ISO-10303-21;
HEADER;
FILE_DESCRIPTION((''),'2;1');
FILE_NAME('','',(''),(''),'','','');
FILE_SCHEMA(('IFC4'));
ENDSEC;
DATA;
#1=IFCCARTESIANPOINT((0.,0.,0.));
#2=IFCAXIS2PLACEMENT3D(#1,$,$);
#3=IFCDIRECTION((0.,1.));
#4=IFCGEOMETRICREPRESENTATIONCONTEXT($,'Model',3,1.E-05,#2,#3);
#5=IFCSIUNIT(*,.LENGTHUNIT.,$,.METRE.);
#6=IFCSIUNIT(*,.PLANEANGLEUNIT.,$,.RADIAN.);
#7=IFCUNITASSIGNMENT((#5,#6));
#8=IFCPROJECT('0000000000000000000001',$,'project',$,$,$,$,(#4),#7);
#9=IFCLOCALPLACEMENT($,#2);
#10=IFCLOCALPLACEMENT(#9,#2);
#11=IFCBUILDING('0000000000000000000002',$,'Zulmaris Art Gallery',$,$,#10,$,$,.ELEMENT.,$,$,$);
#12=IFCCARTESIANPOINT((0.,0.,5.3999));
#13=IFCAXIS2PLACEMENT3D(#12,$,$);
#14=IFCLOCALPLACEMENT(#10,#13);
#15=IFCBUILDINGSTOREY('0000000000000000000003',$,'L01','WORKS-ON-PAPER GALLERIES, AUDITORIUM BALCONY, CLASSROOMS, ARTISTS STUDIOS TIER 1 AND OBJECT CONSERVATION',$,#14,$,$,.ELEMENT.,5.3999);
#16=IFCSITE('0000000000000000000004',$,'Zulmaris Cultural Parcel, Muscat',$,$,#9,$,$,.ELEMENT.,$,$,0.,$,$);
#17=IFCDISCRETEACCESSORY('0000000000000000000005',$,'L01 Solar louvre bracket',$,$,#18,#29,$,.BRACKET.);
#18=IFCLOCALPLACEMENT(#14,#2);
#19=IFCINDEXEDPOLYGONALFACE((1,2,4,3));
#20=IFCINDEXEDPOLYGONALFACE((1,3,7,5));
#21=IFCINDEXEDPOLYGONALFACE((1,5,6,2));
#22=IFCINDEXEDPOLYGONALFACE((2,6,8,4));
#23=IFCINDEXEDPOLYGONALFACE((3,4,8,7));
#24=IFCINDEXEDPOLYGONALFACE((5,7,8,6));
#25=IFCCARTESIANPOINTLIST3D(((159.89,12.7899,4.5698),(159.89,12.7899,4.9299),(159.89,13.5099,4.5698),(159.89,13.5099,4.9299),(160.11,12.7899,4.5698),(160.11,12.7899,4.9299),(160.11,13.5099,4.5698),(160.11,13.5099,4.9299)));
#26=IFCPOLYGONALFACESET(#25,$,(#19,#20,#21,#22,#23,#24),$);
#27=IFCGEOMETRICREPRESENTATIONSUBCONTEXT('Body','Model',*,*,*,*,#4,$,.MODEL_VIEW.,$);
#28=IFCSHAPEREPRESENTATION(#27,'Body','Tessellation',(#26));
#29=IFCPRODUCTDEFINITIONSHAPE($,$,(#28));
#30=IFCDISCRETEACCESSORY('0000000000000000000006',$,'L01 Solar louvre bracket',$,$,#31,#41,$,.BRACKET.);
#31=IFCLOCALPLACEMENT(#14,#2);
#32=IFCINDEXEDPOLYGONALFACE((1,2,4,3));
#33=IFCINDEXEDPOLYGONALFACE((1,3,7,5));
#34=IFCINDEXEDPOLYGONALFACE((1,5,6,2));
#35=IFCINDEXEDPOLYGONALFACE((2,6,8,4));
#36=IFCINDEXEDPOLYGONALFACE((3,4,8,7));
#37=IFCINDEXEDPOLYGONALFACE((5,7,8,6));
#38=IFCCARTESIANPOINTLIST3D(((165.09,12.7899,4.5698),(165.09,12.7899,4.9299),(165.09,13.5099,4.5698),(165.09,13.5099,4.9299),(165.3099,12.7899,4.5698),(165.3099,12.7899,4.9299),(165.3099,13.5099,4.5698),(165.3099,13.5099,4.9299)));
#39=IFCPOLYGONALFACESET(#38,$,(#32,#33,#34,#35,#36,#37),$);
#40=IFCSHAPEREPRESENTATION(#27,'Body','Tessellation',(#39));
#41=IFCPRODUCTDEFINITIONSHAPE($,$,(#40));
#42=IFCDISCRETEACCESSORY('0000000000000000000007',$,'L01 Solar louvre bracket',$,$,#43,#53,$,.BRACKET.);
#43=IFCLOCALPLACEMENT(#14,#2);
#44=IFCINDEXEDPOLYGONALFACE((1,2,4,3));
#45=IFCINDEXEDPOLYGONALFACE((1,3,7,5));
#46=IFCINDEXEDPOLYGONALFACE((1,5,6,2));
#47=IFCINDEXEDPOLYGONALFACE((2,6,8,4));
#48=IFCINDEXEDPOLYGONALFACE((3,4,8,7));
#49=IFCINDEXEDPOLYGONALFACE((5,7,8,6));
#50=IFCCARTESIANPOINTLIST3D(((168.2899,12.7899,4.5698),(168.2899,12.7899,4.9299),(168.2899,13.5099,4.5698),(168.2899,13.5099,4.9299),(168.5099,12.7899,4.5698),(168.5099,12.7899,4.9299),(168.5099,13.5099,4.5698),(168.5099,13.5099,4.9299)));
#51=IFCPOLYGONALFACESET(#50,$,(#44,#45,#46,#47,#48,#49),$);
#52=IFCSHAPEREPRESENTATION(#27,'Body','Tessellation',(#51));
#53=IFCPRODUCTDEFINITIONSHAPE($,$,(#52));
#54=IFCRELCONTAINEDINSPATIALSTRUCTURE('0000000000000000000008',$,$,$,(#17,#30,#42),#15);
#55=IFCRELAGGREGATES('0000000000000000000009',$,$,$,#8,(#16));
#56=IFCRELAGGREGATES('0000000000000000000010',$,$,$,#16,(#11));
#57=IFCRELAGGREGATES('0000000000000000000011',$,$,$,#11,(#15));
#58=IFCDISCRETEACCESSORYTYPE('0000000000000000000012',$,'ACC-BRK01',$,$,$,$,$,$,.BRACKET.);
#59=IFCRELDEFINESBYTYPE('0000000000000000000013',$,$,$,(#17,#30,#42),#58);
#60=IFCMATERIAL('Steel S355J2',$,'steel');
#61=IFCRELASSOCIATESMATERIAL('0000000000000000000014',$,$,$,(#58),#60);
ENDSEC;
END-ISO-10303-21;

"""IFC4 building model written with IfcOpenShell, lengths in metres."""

from ifc_helpers import new_model, si_unit, direction, frame, origin, origin_2d, place, context, subcontext, project, spatial, rectangle, extrude, material, type_object, element, save


model = new_model("IFC4")

# Units and contexts
model_context = context("Model", 3, precision=1e-05, world=origin(), true_north=direction((0.0, 1.0)))
body_context = subcontext(model_context, "Body", "Model", "MODEL_VIEW")
ifc_project = project(units=[si_unit("LENGTHUNIT", "METRE"), si_unit("PLANEANGLEUNIT", "RADIAN")], contexts=[model_context])

# Site, building, storey
site_placement = place(None, origin())
site = spatial("IfcSite", under=ifc_project, at=site_placement, Name="Zulmaris Cultural Parcel, Muscat", CompositionType="ELEMENT", RefElevation=0.0)
building_placement = place(site_placement, origin())
building = spatial("IfcBuilding", under=site, at=building_placement, Name="Zulmaris Art Gallery", CompositionType="ELEMENT")
storey_placement = place(building_placement, frame((0.0, 0.0, 5.3999)))
storey = spatial("IfcBuildingStorey", under=building, at=storey_placement, Name="L01", Description="WORKS-ON-PAPER GALLERIES, AUDITORIUM BALCONY, CLASSROOMS, ARTISTS STUDIOS TIER 1 AND OBJECT CONSERVATION", CompositionType="ELEMENT", Elevation=5.3999)

# Shared definitions
ifc_material_1 = material(Name="Steel S355J2", Category="steel")

# Discrete accessories
discrete_accessory_type = type_object("IfcDiscreteAccessoryType", Name="ACC-BRK01", PredefinedType="BRACKET", material=ifc_material_1)
for number, where, z_axis, x_axis, name in (
    (1, (160.0, 13.1499, 4.5698), (0.0, 0.0, 1.0), (1.0, 0.0, 0.0), "L01 Solar louvre bracket"),
    (2, (165.2, 13.1499, 4.5698), (0.0, 0.0, 1.0), (1.0, 0.0, 0.0), "L01 Solar louvre bracket"),
    (3, (168.3999, 13.1499, 4.5698), (0.0, 0.0, 1.0), (1.0, 0.0, 0.0), "L01 Solar louvre bracket"),
):
    element("IfcDiscreteAccessory", number, at=place(storey_placement, frame(where, z_axis=z_axis, x_axis=x_axis)), inside=storey, type_object=discrete_accessory_type, Name=name, PredefinedType="BRACKET", context=body_context, shape_type="SweptSolid", body=[
        extrude(rectangle(XDim=0.22, YDim=0.72, at=origin_2d()), origin(), (0.0, 0.0, 1.0), 0.3601),
    ])

save(model, "model.ifc")
